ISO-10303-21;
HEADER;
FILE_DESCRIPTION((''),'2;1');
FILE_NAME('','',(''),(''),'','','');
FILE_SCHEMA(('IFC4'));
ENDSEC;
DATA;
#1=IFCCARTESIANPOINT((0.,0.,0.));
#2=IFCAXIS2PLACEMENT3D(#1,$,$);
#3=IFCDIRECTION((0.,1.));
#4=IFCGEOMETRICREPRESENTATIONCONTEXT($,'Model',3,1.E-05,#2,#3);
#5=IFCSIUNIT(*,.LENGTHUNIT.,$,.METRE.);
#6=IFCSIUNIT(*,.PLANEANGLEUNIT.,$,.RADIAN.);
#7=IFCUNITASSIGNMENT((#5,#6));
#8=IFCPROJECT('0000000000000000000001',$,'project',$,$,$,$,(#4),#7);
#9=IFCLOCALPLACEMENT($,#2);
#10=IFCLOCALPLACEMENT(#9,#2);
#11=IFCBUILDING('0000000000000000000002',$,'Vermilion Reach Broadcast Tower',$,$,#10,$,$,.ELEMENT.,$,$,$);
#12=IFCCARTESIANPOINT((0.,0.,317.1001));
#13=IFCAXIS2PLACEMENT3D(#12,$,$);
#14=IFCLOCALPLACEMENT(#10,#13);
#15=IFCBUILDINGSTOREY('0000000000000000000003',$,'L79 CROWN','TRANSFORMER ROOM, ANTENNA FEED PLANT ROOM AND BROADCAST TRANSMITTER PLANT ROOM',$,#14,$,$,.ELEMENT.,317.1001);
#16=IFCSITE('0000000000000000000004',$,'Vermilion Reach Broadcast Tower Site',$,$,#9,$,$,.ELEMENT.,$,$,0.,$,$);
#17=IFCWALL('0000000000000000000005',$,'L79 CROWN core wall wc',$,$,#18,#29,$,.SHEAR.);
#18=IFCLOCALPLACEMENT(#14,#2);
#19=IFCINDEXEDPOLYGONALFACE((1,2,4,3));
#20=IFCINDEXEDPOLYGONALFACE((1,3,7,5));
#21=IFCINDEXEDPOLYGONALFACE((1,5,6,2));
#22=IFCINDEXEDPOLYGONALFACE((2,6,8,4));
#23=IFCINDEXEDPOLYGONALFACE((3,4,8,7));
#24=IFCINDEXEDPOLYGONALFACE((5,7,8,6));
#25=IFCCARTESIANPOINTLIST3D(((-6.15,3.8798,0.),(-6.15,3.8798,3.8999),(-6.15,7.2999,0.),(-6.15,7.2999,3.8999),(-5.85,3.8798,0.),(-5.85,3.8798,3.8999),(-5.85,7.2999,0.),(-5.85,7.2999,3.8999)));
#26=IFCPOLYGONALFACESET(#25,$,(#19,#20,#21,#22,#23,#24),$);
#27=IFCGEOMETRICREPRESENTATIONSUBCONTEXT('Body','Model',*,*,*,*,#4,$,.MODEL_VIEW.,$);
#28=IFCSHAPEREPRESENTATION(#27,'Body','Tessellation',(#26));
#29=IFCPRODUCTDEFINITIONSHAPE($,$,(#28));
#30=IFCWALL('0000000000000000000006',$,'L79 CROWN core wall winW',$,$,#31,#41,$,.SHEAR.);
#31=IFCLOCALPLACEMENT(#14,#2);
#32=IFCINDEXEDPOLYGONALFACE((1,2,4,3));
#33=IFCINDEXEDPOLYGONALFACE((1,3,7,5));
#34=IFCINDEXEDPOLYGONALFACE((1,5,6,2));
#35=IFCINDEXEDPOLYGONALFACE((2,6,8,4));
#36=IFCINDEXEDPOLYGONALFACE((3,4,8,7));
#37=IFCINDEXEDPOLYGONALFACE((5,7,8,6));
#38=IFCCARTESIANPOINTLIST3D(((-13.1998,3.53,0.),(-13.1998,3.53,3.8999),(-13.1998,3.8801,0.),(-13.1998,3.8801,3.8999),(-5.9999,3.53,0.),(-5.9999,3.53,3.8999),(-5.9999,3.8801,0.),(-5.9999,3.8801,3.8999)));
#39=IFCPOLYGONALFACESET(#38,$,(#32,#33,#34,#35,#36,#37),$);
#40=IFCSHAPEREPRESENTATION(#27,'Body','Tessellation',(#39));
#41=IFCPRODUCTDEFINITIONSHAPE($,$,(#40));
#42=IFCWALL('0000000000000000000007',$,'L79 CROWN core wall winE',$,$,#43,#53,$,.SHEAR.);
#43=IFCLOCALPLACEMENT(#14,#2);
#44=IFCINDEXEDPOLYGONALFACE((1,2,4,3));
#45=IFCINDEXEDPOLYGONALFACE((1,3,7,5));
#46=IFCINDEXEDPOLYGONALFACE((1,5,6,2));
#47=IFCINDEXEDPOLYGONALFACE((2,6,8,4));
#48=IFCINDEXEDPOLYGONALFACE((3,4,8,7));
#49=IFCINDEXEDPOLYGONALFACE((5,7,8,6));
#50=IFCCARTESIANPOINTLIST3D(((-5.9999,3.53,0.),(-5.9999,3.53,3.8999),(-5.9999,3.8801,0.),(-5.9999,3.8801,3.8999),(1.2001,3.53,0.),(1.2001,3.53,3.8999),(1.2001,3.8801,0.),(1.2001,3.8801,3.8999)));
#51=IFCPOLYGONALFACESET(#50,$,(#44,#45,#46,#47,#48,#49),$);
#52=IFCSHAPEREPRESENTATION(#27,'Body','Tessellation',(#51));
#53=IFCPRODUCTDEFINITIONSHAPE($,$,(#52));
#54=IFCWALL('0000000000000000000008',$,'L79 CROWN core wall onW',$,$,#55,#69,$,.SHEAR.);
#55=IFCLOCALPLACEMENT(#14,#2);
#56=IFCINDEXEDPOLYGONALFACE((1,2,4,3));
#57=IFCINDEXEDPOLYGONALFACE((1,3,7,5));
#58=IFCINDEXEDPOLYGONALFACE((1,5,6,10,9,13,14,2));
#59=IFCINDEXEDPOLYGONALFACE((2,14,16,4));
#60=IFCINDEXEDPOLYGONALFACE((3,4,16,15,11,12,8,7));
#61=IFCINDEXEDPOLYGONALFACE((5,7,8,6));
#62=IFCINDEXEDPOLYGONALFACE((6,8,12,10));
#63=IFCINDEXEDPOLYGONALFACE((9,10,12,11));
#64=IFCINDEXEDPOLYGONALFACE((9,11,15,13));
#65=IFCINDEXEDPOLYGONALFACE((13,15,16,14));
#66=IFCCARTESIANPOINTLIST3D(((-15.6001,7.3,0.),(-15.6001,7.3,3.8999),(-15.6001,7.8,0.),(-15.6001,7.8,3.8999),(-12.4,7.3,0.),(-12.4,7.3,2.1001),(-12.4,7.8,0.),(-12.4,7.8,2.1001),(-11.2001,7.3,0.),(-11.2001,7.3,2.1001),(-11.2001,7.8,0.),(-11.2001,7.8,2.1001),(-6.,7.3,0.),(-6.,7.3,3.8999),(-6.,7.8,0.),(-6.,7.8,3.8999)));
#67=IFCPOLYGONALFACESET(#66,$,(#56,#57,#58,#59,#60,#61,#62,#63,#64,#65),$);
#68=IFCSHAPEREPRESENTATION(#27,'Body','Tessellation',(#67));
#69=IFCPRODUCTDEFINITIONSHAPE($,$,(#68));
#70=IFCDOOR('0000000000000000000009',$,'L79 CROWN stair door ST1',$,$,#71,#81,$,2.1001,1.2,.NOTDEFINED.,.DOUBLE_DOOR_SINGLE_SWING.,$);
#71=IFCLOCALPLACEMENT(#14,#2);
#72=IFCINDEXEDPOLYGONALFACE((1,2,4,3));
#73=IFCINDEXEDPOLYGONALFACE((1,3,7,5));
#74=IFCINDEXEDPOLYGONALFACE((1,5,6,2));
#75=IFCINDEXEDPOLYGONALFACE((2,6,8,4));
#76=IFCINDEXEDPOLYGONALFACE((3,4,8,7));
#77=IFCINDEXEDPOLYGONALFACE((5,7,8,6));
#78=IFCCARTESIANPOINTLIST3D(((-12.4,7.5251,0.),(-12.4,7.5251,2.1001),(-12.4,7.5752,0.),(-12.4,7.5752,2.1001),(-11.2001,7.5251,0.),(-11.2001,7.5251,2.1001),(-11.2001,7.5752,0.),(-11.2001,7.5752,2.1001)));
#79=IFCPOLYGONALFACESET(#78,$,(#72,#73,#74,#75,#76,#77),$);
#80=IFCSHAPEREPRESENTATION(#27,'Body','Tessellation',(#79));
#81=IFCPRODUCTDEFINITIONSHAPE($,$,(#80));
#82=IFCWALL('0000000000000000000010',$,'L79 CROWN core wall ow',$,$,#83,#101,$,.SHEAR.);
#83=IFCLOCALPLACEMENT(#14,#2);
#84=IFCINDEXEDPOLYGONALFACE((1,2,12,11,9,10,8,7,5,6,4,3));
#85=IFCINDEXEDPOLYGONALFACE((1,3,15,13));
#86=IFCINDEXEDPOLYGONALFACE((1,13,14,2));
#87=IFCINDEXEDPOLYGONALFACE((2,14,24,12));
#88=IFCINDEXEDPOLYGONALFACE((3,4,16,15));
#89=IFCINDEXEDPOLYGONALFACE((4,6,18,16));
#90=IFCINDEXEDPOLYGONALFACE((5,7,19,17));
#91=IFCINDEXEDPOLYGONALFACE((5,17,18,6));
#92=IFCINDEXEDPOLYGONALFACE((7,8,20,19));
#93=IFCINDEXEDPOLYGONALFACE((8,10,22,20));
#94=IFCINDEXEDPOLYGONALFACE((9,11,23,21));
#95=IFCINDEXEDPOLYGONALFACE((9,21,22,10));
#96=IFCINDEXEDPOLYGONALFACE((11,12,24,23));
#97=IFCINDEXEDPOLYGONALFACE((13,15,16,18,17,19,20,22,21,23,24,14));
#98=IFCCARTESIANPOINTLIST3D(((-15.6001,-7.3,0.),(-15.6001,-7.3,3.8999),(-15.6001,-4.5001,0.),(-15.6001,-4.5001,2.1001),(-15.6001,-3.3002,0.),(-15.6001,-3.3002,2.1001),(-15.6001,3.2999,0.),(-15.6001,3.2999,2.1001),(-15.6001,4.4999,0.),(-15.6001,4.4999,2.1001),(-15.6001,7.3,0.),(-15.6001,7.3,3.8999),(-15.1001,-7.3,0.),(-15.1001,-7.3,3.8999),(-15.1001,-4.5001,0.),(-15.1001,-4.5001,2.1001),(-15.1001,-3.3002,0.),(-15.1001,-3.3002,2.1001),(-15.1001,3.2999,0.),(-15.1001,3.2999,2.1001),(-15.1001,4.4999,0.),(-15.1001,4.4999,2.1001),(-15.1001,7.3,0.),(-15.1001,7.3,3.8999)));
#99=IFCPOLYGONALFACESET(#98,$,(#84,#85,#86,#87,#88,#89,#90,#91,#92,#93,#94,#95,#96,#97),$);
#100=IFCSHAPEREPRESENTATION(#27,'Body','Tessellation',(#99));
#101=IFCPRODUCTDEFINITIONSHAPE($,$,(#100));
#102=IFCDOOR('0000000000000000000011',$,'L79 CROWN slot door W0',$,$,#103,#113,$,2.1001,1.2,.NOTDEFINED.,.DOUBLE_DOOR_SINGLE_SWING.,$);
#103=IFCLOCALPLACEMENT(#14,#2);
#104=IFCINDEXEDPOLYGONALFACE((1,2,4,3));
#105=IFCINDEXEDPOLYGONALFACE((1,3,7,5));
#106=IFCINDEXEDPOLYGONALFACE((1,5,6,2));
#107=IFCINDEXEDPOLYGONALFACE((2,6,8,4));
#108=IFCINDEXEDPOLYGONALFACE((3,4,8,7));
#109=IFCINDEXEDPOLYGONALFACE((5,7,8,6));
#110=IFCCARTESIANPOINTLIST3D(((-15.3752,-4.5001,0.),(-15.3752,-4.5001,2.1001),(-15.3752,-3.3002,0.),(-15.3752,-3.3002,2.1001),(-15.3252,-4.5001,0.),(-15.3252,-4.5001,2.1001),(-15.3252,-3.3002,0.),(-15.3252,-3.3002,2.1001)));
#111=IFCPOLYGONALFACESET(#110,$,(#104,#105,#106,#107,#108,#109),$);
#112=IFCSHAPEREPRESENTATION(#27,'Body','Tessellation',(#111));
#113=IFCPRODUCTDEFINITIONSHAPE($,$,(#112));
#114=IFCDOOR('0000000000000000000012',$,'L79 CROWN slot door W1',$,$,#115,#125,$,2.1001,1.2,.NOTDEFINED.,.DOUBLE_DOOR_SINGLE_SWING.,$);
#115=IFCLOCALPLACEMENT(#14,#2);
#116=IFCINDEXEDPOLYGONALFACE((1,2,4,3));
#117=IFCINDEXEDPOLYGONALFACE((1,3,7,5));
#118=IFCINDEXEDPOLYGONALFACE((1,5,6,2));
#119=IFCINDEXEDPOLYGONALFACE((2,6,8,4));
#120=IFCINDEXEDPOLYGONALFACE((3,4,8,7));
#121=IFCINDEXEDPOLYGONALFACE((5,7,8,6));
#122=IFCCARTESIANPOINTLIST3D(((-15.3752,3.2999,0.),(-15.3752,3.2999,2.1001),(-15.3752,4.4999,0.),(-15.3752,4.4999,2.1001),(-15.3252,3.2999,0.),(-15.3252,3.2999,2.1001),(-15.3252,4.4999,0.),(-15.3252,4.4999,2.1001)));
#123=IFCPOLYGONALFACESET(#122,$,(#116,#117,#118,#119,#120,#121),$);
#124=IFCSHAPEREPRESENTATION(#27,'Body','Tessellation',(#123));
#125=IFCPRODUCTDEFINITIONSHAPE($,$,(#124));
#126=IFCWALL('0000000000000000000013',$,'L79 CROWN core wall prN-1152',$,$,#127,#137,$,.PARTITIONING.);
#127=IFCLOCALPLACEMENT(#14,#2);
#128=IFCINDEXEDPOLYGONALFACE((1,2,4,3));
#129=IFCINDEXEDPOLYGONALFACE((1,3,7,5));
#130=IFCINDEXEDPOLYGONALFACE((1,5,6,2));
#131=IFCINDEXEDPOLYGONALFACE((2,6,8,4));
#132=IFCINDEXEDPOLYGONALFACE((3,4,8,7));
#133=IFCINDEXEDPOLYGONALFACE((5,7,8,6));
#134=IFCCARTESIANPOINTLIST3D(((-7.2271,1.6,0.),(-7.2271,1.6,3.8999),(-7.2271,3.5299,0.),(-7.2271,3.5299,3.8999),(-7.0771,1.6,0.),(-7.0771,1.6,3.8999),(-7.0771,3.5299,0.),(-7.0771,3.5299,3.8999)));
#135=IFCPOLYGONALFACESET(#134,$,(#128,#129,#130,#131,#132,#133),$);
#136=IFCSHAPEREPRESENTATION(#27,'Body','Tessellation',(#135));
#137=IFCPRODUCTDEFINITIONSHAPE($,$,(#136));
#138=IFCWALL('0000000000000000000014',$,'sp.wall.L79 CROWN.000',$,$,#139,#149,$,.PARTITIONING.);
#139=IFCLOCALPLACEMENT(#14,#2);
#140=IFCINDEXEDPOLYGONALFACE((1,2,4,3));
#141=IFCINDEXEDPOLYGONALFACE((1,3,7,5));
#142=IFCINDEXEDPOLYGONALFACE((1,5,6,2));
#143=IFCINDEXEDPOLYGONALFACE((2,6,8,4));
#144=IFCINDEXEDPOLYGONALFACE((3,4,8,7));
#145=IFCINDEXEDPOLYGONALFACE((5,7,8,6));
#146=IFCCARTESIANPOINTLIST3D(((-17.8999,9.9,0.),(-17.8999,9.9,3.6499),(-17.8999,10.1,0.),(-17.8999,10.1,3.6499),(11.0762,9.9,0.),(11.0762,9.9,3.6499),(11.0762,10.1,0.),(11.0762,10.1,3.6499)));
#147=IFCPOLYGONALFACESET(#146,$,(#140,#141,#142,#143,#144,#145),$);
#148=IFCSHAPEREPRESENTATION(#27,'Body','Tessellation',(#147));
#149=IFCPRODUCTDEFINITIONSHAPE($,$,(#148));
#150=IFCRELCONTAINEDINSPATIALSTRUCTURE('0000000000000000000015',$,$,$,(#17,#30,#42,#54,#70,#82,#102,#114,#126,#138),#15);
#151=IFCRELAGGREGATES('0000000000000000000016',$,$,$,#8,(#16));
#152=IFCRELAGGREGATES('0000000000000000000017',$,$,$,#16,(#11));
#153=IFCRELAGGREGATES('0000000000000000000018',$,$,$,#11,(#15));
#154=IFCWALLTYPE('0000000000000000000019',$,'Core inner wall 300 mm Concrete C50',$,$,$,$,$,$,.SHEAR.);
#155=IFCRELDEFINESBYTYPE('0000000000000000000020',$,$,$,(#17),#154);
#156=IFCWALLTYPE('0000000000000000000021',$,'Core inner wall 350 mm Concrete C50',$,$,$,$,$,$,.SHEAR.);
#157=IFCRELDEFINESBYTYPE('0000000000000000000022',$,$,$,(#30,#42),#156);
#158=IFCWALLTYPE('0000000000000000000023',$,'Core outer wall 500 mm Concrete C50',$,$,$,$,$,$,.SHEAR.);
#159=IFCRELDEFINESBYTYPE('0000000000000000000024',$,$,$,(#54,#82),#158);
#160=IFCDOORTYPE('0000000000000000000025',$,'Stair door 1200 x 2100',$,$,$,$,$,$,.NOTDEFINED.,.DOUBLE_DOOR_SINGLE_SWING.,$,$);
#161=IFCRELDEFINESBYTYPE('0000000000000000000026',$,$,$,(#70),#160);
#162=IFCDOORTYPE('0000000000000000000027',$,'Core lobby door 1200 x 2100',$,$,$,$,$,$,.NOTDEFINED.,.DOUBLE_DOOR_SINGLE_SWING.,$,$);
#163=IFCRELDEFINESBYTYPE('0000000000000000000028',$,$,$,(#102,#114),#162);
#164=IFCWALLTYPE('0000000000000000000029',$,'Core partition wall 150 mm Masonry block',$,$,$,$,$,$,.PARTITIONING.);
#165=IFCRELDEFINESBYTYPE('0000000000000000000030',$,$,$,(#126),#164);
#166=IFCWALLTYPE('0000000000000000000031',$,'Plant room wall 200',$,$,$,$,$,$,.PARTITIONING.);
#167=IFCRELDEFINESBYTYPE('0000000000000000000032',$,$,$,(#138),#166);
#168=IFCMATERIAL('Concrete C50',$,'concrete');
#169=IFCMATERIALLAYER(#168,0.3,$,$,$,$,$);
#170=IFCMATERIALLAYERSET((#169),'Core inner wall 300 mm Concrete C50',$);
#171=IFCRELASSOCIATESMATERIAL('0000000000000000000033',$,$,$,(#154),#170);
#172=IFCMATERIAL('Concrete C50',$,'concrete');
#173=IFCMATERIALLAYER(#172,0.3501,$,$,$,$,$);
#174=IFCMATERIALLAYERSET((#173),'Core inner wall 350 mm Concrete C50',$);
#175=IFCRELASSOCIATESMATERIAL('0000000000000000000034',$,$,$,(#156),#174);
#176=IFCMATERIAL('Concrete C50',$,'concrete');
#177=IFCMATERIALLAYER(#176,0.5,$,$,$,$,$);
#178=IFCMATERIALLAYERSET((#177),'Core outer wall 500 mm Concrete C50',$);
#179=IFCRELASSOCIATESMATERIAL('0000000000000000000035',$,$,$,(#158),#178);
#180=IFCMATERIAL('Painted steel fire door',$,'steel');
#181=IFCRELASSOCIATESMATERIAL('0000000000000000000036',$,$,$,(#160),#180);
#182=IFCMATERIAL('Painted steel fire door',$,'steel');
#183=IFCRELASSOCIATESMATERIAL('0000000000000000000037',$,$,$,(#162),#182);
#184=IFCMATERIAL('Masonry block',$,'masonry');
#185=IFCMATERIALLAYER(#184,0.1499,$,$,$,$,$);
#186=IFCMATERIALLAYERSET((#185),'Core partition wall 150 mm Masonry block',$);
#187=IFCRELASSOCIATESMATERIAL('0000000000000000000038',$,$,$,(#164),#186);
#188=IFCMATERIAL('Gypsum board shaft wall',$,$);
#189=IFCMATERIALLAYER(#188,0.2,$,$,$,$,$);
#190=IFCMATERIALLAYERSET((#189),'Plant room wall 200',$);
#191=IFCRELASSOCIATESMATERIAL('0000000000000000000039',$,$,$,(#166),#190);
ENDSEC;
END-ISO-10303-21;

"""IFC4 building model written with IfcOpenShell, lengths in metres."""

from ifc_helpers import new_model, si_unit, direction, frame, frame_2d, origin, place, context, subcontext, project, spatial, rectangle, extrude, material, layer, layer_set, type_object, element, fill, save


model = new_model("IFC4")

# Units and contexts
model_context = context("Model", 3, precision=1e-05, world=origin(), true_north=direction((0.0, 1.0)))
body_context = subcontext(model_context, "Body", "Model", "MODEL_VIEW")
ifc_project = project(units=[si_unit("LENGTHUNIT", "METRE"), si_unit("PLANEANGLEUNIT", "RADIAN")], contexts=[model_context])

# Site, building, storey
site_placement = place(None, origin())
site = spatial("IfcSite", under=ifc_project, at=site_placement, Name="Vermilion Reach Broadcast Tower Site", CompositionType="ELEMENT", RefElevation=0.0)
building_placement = place(site_placement, origin())
building = spatial("IfcBuilding", under=site, at=building_placement, Name="Vermilion Reach Broadcast Tower", CompositionType="ELEMENT")
storey_placement = place(building_placement, frame((0.0, 0.0, 317.1001)))
storey = spatial("IfcBuildingStorey", under=building, at=storey_placement, Name="L79 CROWN", Description="TRANSFORMER ROOM, ANTENNA FEED PLANT ROOM AND BROADCAST TRANSMITTER PLANT ROOM", CompositionType="ELEMENT", Elevation=317.1001)

# Shared definitions
ifc_material_1 = material(Name="Concrete C50", Category="concrete")
ifc_layer_1 = layer(ifc_material_1, 0.3)
ifc_layer_set_1 = layer_set([ifc_layer_1], Name="Core inner wall 300 mm Concrete C50")
wall_type_1 = type_object("IfcWallType", Name="Core inner wall 300 mm Concrete C50", PredefinedType="SHEAR", material=ifc_layer_set_1)

# Walls
wall_1_placement = place(storey_placement, frame((-6.0, 3.8799, 0.0), z_axis=(0.0, 0.0, 1.0), x_axis=(0.0, 1.0, 0.0)))
element("IfcWall", 1, at=wall_1_placement, inside=storey, type_object=wall_type_1, Name="L79 CROWN core wall wc", PredefinedType="SHEAR", context=body_context, shape_type="SweptSolid", body=[
    extrude(rectangle(XDim=3.4202, YDim=0.3, at=frame_2d((1.71, 0.0))), origin(), (0.0, 0.0, 1.0), 3.8999),
])
ifc_material_2 = material(Name="Concrete C50", Category="concrete")
ifc_layer_2 = layer(ifc_material_2, 0.3501)
ifc_layer_set_2 = layer_set([ifc_layer_2], Name="Core inner wall 350 mm Concrete C50")
wall_type_2 = type_object("IfcWallType", Name="Core inner wall 350 mm Concrete C50", PredefinedType="SHEAR", material=ifc_layer_set_2)
for number, where, z_axis, x_axis, name in (
    (2, (-13.2, 3.7051, 0.0), (0.0, 0.0, 1.0), (1.0, 0.0, 0.0), "L79 CROWN core wall winW"),
    (3, (-6.0, 3.7051, 0.0), (0.0, 0.0, 1.0), (1.0, 0.0, 0.0), "L79 CROWN core wall winE"),
):
    element("IfcWall", number, at=place(storey_placement, frame(where, z_axis=z_axis, x_axis=x_axis)), inside=storey, type_object=wall_type_2, Name=name, PredefinedType="SHEAR", context=body_context, shape_type="SweptSolid", body=[
        extrude(rectangle(XDim=7.2, YDim=0.3501, at=frame_2d((3.6001, 0.0))), origin(), (0.0, 0.0, 1.0), 3.8999),
    ])

# Wall, opening, door
ifc_material_3 = material(Name="Concrete C50", Category="concrete")
ifc_layer_3 = layer(ifc_material_3, 0.5)
ifc_layer_set_3 = layer_set([ifc_layer_3], Name="Core outer wall 500 mm Concrete C50")
wall_type_3 = type_object("IfcWallType", Name="Core outer wall 500 mm Concrete C50", PredefinedType="SHEAR", material=ifc_layer_set_3)
wall_2_placement = place(storey_placement, frame((-6.0, 7.55, 0.0), z_axis=(0.0, 0.0, 1.0), x_axis=(-1.0, 0.0, 0.0)))
wall_2 = element("IfcWall", 4, at=wall_2_placement, inside=storey, type_object=wall_type_3, Name="L79 CROWN core wall onW", PredefinedType="SHEAR", context=body_context, shape_type="SweptSolid", body=[
    extrude(rectangle(XDim=9.6001, YDim=0.5, at=frame_2d((4.8, 0.0))), origin(), (0.0, 0.0, 1.0), 3.8999),
])
opening_1_placement = place(wall_2_placement, frame((5.2, 0.0, 0.0)))
opening_1 = element("IfcOpeningElement", 5, at=opening_1_placement, cuts=wall_2, PredefinedType="OPENING", context=body_context, shape_type="SweptSolid", body=[
    extrude(rectangle(XDim=1.2, YDim=2.1001, at=frame_2d((0.6001, 1.05))), frame((0.0, 0.26, 0.0), z_axis=(0.0, -1.0, 0.0), x_axis=(1.0, 0.0, 0.0)), (0.0, 0.0, 1.0), 0.52),
])
ifc_material_4 = material(Name="Painted steel fire door", Category="steel")
door_type_1 = type_object("IfcDoorType", Name="Stair door 1200 x 2100", OperationType="DOUBLE_DOOR_SINGLE_SWING", PredefinedType="NOTDEFINED", material=ifc_material_4)
door_1_placement = place(opening_1_placement, origin())
door_1 = element("IfcDoor", 6, at=door_1_placement, inside=storey, type_object=door_type_1, Name="L79 CROWN stair door ST1", OperationType="DOUBLE_DOOR_SINGLE_SWING", OverallHeight=2.1001, OverallWidth=1.2, PredefinedType="NOTDEFINED", context=body_context, shape_type="SweptSolid", body=[
    extrude(rectangle(XDim=1.2, YDim=2.1001, at=frame_2d((0.6001, 1.05))), frame((0.0, 0.0249, 0.0), z_axis=(0.0, -1.0, 0.0), x_axis=(1.0, 0.0, 0.0)), (0.0, 0.0, 1.0), 0.05),
])
fill(opening_1, door_1)

# Wall, openings, doors
wall_3_placement = place(storey_placement, frame((-15.3501, 7.3, 0.0), z_axis=(0.0, 0.0, 1.0), x_axis=(0.0, -1.0, 0.0)))
wall_3 = element("IfcWall", 7, at=wall_3_placement, inside=storey, type_object=wall_type_3, Name="L79 CROWN core wall ow", PredefinedType="SHEAR", context=body_context, shape_type="SweptSolid", body=[
    extrude(rectangle(XDim=14.6001, YDim=0.5, at=frame_2d((7.3, 0.0))), origin(), (0.0, 0.0, 1.0), 3.8999),
])
opening_2_placement = place(wall_3_placement, frame((10.6001, 0.0, 0.0)))
opening_2 = element("IfcOpeningElement", 8, at=opening_2_placement, cuts=wall_3, PredefinedType="OPENING", context=body_context, shape_type="SweptSolid", body=[
    extrude(rectangle(XDim=1.2, YDim=2.1001, at=frame_2d((0.6001, 1.05))), frame((0.0, 0.26, 0.0), z_axis=(0.0, -1.0, 0.0), x_axis=(1.0, 0.0, 0.0)), (0.0, 0.0, 1.0), 0.52),
])
opening_3_placement = place(wall_3_placement, frame((2.8, 0.0, 0.0)))
opening_3 = element("IfcOpeningElement", 9, at=opening_3_placement, cuts=wall_3, PredefinedType="OPENING", context=body_context, shape_type="SweptSolid", body=[
    extrude(rectangle(XDim=1.2, YDim=2.1001, at=frame_2d((0.6001, 1.05))), frame((0.0, 0.26, 0.0), z_axis=(0.0, -1.0, 0.0), x_axis=(1.0, 0.0, 0.0)), (0.0, 0.0, 1.0), 0.52),
])
ifc_material_5 = material(Name="Painted steel fire door", Category="steel")
door_type_2 = type_object("IfcDoorType", Name="Core lobby door 1200 x 2100", OperationType="DOUBLE_DOOR_SINGLE_SWING", PredefinedType="NOTDEFINED", material=ifc_material_5)
door_2_placement = place(opening_2_placement, origin())
door_2 = element("IfcDoor", 10, at=door_2_placement, inside=storey, type_object=door_type_2, Name="L79 CROWN slot door W0", OperationType="DOUBLE_DOOR_SINGLE_SWING", OverallHeight=2.1001, OverallWidth=1.2, PredefinedType="NOTDEFINED", context=body_context, shape_type="SweptSolid", body=[
    extrude(rectangle(XDim=1.2, YDim=2.1001, at=frame_2d((0.6001, 1.05))), frame((0.0, 0.0249, 0.0), z_axis=(0.0, -1.0, 0.0), x_axis=(1.0, 0.0, 0.0)), (0.0, 0.0, 1.0), 0.05),
])
fill(opening_2, door_2)
door_3_placement = place(opening_3_placement, origin())
door_3 = element("IfcDoor", 11, at=door_3_placement, inside=storey, type_object=door_type_2, Name="L79 CROWN slot door W1", OperationType="DOUBLE_DOOR_SINGLE_SWING", OverallHeight=2.1001, OverallWidth=1.2, PredefinedType="NOTDEFINED", context=body_context, shape_type="SweptSolid", body=[
    extrude(rectangle(XDim=1.2, YDim=2.1001, at=frame_2d((0.6001, 1.05))), frame((0.0, 0.0249, 0.0), z_axis=(0.0, -1.0, 0.0), x_axis=(1.0, 0.0, 0.0)), (0.0, 0.0, 1.0), 0.05),
])
fill(opening_3, door_3)

# Wall
ifc_material_6 = material(Name="Masonry block", Category="masonry")
ifc_layer_4 = layer(ifc_material_6, 0.1499)
ifc_layer_set_4 = layer_set([ifc_layer_4], Name="Core partition wall 150 mm Masonry block")
wall_type_4 = type_object("IfcWallType", Name="Core partition wall 150 mm Masonry block", PredefinedType="PARTITIONING", material=ifc_layer_set_4)
wall_4_placement = place(storey_placement, frame((-7.1521, 1.6001, 0.0), z_axis=(0.0, 0.0, 1.0), x_axis=(0.0, 1.0, 0.0)))
element("IfcWall", 12, at=wall_4_placement, inside=storey, type_object=wall_type_4, Name="L79 CROWN core wall prN-1152", PredefinedType="PARTITIONING", context=body_context, shape_type="SweptSolid", body=[
    extrude(rectangle(XDim=1.9299, YDim=0.1499, at=frame_2d((0.9648, 0.0))), origin(), (0.0, 0.0, 1.0), 3.8999),
])

# Wall
ifc_material_7 = material(Name="Gypsum board shaft wall")
ifc_layer_5 = layer(ifc_material_7, 0.2)
ifc_layer_set_5 = layer_set([ifc_layer_5], Name="Plant room wall 200")
wall_type_5 = type_object("IfcWallType", Name="Plant room wall 200", PredefinedType="PARTITIONING", material=ifc_layer_set_5)
wall_5_placement = place(storey_placement, frame((-17.8999, 10.0, 0.0), z_axis=(0.0, 0.0, 1.0), x_axis=(1.0, 0.0, 0.0)))
element("IfcWall", 13, at=wall_5_placement, inside=storey, type_object=wall_type_5, Name="sp.wall.L79 CROWN.000", PredefinedType="PARTITIONING", context=body_context, shape_type="SweptSolid", body=[
    extrude(rectangle(XDim=28.9761, YDim=0.2, at=frame_2d((14.488, 0.0))), origin(), (0.0, 0.0, 1.0), 3.6499),
])

save(model, "model.ifc")
